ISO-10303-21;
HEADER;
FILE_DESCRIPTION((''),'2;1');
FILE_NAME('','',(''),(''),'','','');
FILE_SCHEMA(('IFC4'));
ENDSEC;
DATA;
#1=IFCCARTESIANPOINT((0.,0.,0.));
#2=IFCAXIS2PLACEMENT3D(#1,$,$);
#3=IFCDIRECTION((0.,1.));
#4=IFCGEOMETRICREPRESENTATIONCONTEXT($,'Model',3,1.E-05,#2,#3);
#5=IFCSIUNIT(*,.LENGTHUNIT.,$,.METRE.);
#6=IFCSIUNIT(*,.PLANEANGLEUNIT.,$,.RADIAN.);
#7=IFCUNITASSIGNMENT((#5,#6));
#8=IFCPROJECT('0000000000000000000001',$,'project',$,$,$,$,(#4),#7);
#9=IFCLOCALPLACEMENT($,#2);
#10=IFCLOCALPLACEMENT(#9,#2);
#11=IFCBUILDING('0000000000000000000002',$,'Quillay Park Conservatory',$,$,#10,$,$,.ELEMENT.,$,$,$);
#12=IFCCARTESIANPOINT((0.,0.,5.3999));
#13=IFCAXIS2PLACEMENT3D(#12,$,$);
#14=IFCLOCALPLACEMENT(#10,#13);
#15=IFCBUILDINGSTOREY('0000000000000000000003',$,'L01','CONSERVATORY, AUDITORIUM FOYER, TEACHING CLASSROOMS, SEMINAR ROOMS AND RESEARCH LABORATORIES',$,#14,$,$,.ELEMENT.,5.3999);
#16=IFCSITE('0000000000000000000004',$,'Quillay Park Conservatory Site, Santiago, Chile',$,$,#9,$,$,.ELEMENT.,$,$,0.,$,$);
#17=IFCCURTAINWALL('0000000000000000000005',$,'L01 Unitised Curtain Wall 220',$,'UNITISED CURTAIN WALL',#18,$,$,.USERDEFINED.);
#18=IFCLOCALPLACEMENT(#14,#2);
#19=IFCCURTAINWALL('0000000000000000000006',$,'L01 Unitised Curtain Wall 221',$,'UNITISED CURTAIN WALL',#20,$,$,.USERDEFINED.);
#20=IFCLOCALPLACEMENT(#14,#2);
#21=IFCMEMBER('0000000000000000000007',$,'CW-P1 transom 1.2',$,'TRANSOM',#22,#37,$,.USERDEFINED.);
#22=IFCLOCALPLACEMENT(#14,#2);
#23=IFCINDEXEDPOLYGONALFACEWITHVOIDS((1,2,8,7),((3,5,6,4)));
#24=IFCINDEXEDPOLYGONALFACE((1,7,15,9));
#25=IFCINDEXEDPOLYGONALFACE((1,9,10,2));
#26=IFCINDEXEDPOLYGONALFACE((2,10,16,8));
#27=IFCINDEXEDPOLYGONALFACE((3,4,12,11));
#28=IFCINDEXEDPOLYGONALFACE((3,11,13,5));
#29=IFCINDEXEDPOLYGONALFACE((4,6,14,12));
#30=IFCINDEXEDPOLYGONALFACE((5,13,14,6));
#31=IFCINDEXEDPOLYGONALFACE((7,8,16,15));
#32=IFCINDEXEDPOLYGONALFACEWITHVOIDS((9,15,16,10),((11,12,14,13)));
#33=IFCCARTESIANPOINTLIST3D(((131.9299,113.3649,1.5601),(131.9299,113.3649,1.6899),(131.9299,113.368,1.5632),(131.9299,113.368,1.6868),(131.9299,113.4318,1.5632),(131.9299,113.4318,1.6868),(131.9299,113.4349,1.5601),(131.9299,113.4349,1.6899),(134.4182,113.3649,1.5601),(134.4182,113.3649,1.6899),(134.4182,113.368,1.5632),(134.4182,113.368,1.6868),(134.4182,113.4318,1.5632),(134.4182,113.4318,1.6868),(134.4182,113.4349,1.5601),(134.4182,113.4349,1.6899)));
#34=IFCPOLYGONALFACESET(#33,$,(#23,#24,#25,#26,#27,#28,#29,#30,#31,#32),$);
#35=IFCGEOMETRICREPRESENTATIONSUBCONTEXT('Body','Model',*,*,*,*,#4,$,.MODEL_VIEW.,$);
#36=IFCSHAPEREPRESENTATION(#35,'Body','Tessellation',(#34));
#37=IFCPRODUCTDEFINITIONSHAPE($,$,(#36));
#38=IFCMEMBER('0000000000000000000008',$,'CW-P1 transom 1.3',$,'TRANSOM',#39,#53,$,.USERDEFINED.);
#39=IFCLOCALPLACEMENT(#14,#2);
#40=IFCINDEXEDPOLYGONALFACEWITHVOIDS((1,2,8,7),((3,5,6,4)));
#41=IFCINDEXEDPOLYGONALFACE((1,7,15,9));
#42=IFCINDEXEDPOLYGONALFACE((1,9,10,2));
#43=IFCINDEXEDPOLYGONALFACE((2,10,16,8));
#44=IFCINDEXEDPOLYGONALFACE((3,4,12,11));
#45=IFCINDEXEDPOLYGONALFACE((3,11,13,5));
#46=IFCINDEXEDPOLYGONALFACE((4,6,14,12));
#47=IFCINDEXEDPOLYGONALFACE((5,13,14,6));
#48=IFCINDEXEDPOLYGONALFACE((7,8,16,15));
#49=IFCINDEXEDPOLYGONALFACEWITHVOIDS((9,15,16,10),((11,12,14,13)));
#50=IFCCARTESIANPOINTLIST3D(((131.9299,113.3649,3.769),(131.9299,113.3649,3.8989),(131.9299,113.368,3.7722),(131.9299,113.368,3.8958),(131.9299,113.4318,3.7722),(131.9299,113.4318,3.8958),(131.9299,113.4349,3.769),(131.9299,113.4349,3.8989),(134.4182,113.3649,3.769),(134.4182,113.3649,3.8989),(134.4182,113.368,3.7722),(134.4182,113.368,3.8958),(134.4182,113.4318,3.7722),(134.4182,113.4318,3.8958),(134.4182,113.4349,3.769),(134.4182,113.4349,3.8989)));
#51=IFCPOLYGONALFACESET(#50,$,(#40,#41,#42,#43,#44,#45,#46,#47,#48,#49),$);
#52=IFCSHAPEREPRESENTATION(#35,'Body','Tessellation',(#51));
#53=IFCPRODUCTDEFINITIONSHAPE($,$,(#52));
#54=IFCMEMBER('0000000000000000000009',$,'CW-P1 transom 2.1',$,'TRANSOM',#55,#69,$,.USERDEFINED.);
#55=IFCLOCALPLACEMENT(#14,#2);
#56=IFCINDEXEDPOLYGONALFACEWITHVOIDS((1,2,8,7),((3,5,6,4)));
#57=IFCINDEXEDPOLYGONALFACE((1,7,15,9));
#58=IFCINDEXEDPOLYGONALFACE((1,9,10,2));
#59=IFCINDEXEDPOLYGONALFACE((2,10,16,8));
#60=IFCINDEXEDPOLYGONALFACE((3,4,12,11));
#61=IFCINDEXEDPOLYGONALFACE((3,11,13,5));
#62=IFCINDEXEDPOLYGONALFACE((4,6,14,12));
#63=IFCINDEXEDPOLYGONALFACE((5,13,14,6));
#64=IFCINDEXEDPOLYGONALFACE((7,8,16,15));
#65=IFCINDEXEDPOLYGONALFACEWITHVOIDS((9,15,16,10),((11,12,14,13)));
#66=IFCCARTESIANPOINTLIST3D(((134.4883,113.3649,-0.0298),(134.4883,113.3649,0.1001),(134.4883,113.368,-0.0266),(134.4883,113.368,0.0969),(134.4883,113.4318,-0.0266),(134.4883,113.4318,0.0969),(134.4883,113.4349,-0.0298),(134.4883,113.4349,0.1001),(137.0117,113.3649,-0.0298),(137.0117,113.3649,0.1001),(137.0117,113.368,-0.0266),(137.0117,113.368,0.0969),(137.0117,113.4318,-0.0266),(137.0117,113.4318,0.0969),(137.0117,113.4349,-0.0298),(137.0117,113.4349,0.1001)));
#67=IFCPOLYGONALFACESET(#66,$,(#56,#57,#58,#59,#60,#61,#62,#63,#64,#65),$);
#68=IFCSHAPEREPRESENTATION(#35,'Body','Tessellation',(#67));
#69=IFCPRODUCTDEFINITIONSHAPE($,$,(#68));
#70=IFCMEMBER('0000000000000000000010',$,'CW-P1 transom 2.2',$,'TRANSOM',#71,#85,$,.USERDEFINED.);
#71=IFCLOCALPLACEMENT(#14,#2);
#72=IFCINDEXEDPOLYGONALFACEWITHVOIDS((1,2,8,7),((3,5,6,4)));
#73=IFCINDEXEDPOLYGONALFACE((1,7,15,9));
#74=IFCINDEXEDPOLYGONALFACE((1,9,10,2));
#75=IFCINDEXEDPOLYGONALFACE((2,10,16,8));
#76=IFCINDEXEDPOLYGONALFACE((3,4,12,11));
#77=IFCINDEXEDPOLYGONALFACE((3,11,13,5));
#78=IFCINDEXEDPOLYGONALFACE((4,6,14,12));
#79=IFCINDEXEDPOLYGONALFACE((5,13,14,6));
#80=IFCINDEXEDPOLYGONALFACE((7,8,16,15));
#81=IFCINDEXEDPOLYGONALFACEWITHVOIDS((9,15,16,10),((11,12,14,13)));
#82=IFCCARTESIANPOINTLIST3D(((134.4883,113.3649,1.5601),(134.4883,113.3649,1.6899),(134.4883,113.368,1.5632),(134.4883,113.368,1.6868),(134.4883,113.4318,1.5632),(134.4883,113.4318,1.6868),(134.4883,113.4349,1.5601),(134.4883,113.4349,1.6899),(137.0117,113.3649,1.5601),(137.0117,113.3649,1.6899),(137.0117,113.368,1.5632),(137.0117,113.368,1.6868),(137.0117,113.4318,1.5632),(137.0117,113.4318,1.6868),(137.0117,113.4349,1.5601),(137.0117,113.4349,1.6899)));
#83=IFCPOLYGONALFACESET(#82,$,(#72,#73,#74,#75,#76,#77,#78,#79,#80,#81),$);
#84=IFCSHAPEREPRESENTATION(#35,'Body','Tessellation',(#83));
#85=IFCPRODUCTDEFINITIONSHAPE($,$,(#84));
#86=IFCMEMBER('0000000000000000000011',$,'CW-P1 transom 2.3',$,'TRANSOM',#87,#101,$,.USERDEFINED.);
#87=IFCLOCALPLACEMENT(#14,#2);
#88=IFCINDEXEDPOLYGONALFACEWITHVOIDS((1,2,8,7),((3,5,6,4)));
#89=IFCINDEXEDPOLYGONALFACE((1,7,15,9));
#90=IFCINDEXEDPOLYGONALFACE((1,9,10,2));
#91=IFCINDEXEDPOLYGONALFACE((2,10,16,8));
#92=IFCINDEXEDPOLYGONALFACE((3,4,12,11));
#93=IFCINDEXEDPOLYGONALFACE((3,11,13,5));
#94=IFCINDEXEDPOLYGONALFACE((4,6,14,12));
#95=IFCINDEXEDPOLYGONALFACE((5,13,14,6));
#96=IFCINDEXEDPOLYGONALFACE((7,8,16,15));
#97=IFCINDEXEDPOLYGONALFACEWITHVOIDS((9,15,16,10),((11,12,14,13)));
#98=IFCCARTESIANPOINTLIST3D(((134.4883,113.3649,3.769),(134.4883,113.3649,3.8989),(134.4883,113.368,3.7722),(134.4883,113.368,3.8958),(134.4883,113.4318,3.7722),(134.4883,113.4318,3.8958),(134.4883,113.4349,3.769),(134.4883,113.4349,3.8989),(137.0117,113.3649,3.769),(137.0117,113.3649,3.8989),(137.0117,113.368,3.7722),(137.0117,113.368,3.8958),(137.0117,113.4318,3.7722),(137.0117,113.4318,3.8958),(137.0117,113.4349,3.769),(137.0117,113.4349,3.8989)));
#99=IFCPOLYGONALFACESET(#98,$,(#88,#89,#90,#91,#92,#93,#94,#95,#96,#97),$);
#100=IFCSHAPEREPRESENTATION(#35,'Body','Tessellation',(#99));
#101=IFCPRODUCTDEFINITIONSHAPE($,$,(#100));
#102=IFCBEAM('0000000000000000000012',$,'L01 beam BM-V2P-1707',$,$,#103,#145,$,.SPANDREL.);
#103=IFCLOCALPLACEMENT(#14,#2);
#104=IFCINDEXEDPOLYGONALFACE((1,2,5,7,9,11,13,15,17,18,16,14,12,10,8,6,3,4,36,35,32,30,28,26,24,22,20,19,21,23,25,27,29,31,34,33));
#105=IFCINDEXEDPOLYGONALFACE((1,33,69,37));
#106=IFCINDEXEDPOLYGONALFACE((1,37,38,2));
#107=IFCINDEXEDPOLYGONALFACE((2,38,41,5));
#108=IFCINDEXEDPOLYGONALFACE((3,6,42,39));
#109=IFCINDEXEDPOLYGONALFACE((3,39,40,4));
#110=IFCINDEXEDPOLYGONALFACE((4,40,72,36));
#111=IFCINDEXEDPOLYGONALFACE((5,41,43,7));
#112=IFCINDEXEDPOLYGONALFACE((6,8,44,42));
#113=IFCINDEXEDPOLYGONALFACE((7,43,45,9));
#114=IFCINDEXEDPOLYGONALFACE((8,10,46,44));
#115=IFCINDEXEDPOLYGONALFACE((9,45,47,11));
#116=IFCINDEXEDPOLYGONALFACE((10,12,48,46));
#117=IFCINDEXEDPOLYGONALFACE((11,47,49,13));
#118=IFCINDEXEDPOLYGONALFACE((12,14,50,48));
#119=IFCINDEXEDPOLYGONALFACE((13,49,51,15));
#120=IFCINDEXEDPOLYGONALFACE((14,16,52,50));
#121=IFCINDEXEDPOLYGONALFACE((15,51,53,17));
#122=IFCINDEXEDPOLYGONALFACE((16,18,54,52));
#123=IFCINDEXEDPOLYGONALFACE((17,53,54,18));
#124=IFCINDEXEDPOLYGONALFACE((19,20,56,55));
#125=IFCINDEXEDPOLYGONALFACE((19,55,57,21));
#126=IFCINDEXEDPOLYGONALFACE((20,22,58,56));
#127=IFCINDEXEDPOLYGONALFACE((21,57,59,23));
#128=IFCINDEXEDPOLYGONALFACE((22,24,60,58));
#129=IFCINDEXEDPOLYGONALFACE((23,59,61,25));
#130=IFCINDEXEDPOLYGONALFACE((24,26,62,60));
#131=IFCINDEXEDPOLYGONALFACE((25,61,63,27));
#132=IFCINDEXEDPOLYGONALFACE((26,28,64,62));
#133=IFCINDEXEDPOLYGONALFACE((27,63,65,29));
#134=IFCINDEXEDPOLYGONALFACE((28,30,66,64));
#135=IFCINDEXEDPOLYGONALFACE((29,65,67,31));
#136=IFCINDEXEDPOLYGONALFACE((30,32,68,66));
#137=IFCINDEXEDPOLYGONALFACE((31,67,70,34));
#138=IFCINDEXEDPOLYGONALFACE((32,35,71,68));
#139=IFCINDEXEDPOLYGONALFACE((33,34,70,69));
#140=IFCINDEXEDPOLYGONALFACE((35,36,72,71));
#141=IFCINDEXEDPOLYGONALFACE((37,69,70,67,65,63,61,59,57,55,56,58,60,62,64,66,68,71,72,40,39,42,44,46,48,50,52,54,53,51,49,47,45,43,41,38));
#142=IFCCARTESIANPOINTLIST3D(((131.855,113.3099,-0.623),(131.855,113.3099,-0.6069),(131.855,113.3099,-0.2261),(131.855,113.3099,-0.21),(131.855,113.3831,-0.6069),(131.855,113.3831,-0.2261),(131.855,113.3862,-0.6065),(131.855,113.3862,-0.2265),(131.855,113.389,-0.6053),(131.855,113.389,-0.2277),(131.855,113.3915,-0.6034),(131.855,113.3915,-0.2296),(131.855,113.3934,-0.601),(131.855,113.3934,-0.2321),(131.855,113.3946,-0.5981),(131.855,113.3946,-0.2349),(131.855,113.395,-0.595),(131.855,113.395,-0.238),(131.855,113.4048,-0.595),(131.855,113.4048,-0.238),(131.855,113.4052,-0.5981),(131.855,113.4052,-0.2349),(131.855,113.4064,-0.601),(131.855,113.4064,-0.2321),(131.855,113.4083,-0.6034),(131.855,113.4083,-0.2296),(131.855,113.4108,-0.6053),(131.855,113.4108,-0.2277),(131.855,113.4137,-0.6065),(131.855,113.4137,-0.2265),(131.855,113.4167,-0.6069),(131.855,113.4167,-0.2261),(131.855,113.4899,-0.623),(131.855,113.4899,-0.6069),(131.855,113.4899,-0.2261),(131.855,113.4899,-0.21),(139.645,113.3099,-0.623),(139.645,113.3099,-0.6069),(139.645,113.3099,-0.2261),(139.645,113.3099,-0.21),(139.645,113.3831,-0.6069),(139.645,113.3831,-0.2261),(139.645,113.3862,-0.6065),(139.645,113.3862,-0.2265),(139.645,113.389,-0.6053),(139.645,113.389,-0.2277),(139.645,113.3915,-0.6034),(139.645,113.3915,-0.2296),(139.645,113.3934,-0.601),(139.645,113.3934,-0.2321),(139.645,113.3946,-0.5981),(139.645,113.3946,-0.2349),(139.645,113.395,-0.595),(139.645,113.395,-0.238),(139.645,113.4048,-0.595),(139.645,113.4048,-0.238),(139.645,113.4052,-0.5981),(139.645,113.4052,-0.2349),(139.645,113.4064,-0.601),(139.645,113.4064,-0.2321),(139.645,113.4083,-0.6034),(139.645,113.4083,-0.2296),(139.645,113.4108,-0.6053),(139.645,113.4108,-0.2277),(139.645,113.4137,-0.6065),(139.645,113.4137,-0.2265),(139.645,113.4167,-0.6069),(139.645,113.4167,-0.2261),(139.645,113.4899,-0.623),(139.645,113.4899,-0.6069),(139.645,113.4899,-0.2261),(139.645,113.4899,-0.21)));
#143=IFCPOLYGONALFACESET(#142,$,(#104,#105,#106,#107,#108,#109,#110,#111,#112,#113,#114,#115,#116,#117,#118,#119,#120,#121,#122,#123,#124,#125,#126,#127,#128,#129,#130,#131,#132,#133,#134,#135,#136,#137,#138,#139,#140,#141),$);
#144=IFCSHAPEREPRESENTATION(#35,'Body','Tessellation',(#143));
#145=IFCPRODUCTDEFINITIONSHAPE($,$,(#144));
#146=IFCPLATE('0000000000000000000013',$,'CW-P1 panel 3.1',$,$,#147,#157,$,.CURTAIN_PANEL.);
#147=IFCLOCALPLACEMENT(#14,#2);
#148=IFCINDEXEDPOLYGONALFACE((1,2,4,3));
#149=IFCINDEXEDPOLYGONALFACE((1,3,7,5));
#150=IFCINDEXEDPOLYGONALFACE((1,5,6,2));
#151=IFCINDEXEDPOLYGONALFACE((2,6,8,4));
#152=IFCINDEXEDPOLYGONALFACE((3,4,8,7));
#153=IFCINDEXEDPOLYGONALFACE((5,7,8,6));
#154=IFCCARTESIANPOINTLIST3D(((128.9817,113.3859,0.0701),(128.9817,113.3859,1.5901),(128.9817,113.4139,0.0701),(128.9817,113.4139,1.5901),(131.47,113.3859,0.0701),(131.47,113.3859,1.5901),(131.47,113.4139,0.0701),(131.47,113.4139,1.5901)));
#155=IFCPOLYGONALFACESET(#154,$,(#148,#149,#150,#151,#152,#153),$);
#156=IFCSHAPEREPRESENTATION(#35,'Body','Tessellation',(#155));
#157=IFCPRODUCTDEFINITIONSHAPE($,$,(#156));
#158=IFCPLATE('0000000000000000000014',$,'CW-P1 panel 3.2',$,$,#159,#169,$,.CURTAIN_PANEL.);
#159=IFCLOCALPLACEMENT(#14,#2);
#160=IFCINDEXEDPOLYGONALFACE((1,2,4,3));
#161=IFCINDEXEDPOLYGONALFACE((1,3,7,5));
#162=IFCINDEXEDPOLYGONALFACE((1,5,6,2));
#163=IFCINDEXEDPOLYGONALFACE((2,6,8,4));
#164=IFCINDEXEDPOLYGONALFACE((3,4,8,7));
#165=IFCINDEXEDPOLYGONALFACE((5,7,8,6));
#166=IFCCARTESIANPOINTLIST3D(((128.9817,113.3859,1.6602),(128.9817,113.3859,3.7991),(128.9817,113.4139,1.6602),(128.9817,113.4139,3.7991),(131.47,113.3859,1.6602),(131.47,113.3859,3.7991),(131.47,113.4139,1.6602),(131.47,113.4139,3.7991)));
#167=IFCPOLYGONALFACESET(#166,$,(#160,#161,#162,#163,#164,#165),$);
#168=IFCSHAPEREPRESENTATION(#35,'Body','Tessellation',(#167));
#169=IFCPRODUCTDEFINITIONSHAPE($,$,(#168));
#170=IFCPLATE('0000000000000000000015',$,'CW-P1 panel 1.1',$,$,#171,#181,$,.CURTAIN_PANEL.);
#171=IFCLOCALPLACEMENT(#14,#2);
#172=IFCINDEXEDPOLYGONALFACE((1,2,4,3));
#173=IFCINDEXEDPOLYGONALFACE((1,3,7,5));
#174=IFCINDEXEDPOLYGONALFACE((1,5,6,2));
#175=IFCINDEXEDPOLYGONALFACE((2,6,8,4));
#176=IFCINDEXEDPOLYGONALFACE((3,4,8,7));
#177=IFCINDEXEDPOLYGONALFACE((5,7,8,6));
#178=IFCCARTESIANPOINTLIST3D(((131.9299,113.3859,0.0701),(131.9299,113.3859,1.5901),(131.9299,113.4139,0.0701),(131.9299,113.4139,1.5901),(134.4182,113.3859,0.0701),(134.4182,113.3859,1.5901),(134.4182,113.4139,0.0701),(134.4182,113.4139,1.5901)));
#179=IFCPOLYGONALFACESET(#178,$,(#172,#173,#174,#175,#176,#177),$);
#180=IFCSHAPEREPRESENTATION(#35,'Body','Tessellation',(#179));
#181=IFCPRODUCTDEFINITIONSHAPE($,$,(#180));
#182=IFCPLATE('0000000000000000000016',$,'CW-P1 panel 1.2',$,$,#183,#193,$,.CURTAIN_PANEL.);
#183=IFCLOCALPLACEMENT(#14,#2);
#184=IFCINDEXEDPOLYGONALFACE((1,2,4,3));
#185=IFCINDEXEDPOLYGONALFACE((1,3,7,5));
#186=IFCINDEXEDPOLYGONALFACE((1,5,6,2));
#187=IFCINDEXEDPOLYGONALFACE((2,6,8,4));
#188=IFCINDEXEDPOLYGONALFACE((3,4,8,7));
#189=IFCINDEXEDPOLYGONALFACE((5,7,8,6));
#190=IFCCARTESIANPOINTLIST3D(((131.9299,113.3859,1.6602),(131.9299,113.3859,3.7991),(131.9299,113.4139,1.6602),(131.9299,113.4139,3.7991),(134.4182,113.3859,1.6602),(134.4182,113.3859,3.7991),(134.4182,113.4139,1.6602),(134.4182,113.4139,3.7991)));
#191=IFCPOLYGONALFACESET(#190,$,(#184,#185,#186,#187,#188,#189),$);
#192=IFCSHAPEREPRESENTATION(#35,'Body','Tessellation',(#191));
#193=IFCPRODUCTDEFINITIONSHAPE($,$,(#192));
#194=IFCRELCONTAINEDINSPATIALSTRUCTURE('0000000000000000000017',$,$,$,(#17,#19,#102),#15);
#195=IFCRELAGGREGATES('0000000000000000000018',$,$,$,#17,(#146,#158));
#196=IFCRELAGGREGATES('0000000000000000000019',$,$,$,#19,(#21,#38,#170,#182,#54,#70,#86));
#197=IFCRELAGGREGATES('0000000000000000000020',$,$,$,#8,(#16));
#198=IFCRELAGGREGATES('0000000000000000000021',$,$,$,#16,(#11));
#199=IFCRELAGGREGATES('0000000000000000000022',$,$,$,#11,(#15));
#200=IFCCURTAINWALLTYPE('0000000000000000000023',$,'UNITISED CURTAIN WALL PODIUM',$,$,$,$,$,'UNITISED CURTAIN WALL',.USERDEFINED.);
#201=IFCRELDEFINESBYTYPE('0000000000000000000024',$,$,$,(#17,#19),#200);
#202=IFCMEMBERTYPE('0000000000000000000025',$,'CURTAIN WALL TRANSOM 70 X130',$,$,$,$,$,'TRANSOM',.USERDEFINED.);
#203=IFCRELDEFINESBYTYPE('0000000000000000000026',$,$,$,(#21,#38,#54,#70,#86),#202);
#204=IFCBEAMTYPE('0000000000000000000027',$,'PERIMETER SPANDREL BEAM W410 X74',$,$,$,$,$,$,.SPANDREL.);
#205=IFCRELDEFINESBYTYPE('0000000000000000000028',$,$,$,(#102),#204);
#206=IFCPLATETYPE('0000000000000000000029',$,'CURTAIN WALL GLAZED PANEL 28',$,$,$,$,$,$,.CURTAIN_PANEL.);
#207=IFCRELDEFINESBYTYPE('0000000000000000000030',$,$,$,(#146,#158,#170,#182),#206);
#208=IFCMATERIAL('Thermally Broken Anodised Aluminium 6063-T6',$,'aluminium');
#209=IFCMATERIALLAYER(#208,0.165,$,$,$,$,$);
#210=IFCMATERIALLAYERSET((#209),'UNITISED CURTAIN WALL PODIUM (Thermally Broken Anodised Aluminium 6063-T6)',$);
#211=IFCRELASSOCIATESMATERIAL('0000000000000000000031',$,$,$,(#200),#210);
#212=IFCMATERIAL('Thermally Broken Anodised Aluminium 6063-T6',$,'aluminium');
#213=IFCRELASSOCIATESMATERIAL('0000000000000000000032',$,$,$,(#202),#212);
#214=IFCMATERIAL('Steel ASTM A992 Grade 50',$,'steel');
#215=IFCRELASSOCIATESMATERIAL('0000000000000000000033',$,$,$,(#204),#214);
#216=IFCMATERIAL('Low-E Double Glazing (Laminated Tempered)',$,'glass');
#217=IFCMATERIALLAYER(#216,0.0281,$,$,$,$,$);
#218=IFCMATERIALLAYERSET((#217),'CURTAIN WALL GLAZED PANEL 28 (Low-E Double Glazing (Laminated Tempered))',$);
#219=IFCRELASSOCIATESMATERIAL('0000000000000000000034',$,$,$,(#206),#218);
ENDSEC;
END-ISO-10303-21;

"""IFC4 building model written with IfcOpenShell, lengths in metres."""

from ifc_helpers import new_model, si_unit, direction, frame, origin, origin_2d, place, context, subcontext, project, spatial, rectangle, hollow_rectangle, i_section, extrude, material, layer, layer_set, material_profile, profile_set, type_object, element, aggregate, save


model = new_model("IFC4")

# Units and contexts
model_context = context("Model", 3, precision=1e-05, world=origin(), true_north=direction((0.0, 1.0)))
body_context = subcontext(model_context, "Body", "Model", "MODEL_VIEW")
ifc_project = project(units=[si_unit("LENGTHUNIT", "METRE"), si_unit("PLANEANGLEUNIT", "RADIAN")], contexts=[model_context])

# Site, building, storey
site_placement = place(None, origin())
site = spatial("IfcSite", under=ifc_project, at=site_placement, Name="Quillay Park Conservatory Site, Santiago, Chile", CompositionType="ELEMENT", RefElevation=0.0)
building_placement = place(site_placement, origin())
building = spatial("IfcBuilding", under=site, at=building_placement, Name="Quillay Park Conservatory", CompositionType="ELEMENT")
storey_placement = place(building_placement, frame((0.0, 0.0, 5.3999)))
storey = spatial("IfcBuildingStorey", under=building, at=storey_placement, Name="L01", Description="CONSERVATORY, AUDITORIUM FOYER, TEACHING CLASSROOMS, SEMINAR ROOMS AND RESEARCH LABORATORIES", CompositionType="ELEMENT", Elevation=5.3999)

# Curtain walls
ifc_material_1 = material(Name="Thermally Broken Anodised Aluminium 6063-T6", Category="aluminium")
ifc_layer_1 = layer(ifc_material_1, 0.165)
ifc_layer_set_1 = layer_set([ifc_layer_1], Name="UNITISED CURTAIN WALL PODIUM (Thermally Broken Anodised Aluminium 6063-T6)")
curtain_wall_type = type_object("IfcCurtainWallType", Name="UNITISED CURTAIN WALL PODIUM", ElementType="UNITISED CURTAIN WALL", PredefinedType="USERDEFINED", material=ifc_layer_set_1)
curtain_wall_1_placement = place(storey_placement, origin())
curtain_wall_1 = element("IfcCurtainWall", 1, at=curtain_wall_1_placement, inside=storey, type_object=curtain_wall_type, Name="L01 Unitised Curtain Wall 220", ObjectType="UNITISED CURTAIN WALL", PredefinedType="USERDEFINED")
curtain_wall_2_placement = place(storey_placement, origin())
curtain_wall_2 = element("IfcCurtainWall", 2, at=curtain_wall_2_placement, inside=storey, type_object=curtain_wall_type, Name="L01 Unitised Curtain Wall 221", ObjectType="UNITISED CURTAIN WALL", PredefinedType="USERDEFINED")

# Members
ifc_material_2 = material(Name="Thermally Broken Anodised Aluminium 6063-T6", Category="aluminium")
ifc_material_profile_1 = material_profile(ifc_material_2, hollow_rectangle(XDim=0.0701, YDim=0.1299, WallThickness=0.0032, at=origin_2d()), Name="AL70x130x3.2")
ifc_profile_set_1 = profile_set([ifc_material_profile_1], Name="Thermally Broken Anodised Aluminium 6063-T6")
member_type_1 = type_object("IfcMemberType", Name="CURTAIN WALL TRANSOM 70 X130", ElementType="TRANSOM", PredefinedType="USERDEFINED", material=ifc_profile_set_1)
member_1_placement = place(storey_placement, frame((131.9299, 113.3999, 1.625), z_axis=(1.0, 0.0, 0.0), x_axis=(0.0, 1.0, 0.0)))
member_1 = element("IfcMember", 3, at=member_1_placement, type_object=member_type_1, Name="CW-P1 transom 1.2", ObjectType="TRANSOM", PredefinedType="USERDEFINED", context=body_context, shape_type="SweptSolid", body=[
    extrude(hollow_rectangle(XDim=0.0701, YDim=0.1299, WallThickness=0.0032, at=origin_2d()), origin(), (0.0, 0.0, 1.0), 2.4883),
])
member_2_placement = place(storey_placement, frame((131.9299, 113.3999, 3.834), z_axis=(1.0, 0.0, 0.0), x_axis=(0.0, 1.0, 0.0)))
member_2 = element("IfcMember", 4, at=member_2_placement, type_object=member_type_1, Name="CW-P1 transom 1.3", ObjectType="TRANSOM", PredefinedType="USERDEFINED", context=body_context, shape_type="SweptSolid", body=[
    extrude(hollow_rectangle(XDim=0.0701, YDim=0.1299, WallThickness=0.0032, at=origin_2d()), origin(), (0.0, 0.0, 1.0), 2.4883),
])
member_3_placement = place(storey_placement, frame((134.4883, 113.3999, 0.0352), z_axis=(1.0, 0.0, 0.0), x_axis=(0.0, 1.0, 0.0)))
member_3 = element("IfcMember", 5, at=member_3_placement, type_object=member_type_1, Name="CW-P1 transom 2.1", ObjectType="TRANSOM", PredefinedType="USERDEFINED", context=body_context, shape_type="SweptSolid", body=[
    extrude(hollow_rectangle(XDim=0.0701, YDim=0.1299, WallThickness=0.0032, at=origin_2d()), origin(), (0.0, 0.0, 1.0), 2.5234),
])
member_4_placement = place(storey_placement, frame((134.4883, 113.3999, 1.625), z_axis=(1.0, 0.0, 0.0), x_axis=(0.0, 1.0, 0.0)))
member_4 = element("IfcMember", 6, at=member_4_placement, type_object=member_type_1, Name="CW-P1 transom 2.2", ObjectType="TRANSOM", PredefinedType="USERDEFINED", context=body_context, shape_type="SweptSolid", body=[
    extrude(hollow_rectangle(XDim=0.0701, YDim=0.1299, WallThickness=0.0032, at=origin_2d()), origin(), (0.0, 0.0, 1.0), 2.5234),
])
member_5_placement = place(storey_placement, frame((134.4883, 113.3999, 3.834), z_axis=(1.0, 0.0, 0.0), x_axis=(0.0, 1.0, 0.0)))
member_5 = element("IfcMember", 7, at=member_5_placement, type_object=member_type_1, Name="CW-P1 transom 2.3", ObjectType="TRANSOM", PredefinedType="USERDEFINED", context=body_context, shape_type="SweptSolid", body=[
    extrude(hollow_rectangle(XDim=0.0701, YDim=0.1299, WallThickness=0.0032, at=origin_2d()), origin(), (0.0, 0.0, 1.0), 2.5234),
])

# Beam
ifc_material_3 = material(Name="Steel ASTM A992 Grade 50", Category="steel")
ifc_material_profile_2 = material_profile(ifc_material_3, i_section(OverallWidth=0.1799, OverallDepth=0.4131, WebThickness=0.0098, FlangeThickness=0.0161, FilletRadius=0.012, at=origin_2d()), Name="W410x74")
ifc_profile_set_2 = profile_set([ifc_material_profile_2], Name="Steel ASTM A992 Grade 50")
beam_type = type_object("IfcBeamType", Name="PERIMETER SPANDREL BEAM W410 X74", PredefinedType="SPANDREL", material=ifc_profile_set_2)
beam_placement = place(storey_placement, frame((131.855, 113.3999, -0.4165), z_axis=(1.0, 0.0, 0.0), x_axis=(0.0, 1.0, 0.0)))
element("IfcBeam", 8, at=beam_placement, inside=storey, type_object=beam_type, Name="L01 beam BM-V2P-1707", PredefinedType="SPANDREL", context=body_context, shape_type="SweptSolid", body=[
    extrude(i_section(OverallWidth=0.1799, OverallDepth=0.4131, WebThickness=0.0098, FlangeThickness=0.0161, FilletRadius=0.012, at=origin_2d()), origin(), (0.0, 0.0, 1.0), 7.79),
])

# Plates
ifc_material_4 = material(Name="Low-E Double Glazing (Laminated Tempered)", Category="glass")
ifc_layer_2 = layer(ifc_material_4, 0.0281)
ifc_layer_set_2 = layer_set([ifc_layer_2], Name="CURTAIN WALL GLAZED PANEL 28 (Low-E Double Glazing (Laminated Tempered))")
plate_type = type_object("IfcPlateType", Name="CURTAIN WALL GLAZED PANEL 28", PredefinedType="CURTAIN_PANEL", material=ifc_layer_set_2)
plate_1_placement = place(storey_placement, frame((130.2258, 113.3999, 0.0701), z_axis=(0.0, 0.0, 1.0), x_axis=(1.0, 0.0, 0.0)))
plate_1 = element("IfcPlate", 9, at=plate_1_placement, type_object=plate_type, Name="CW-P1 panel 3.1", PredefinedType="CURTAIN_PANEL", context=body_context, shape_type="SweptSolid", body=[
    extrude(rectangle(XDim=2.4883, YDim=0.0281, at=origin_2d()), origin(), (0.0, 0.0, 1.0), 1.52),
])
plate_2_placement = place(storey_placement, frame((130.2258, 113.3999, 1.6602), z_axis=(0.0, 0.0, 1.0), x_axis=(1.0, 0.0, 0.0)))
plate_2 = element("IfcPlate", 10, at=plate_2_placement, type_object=plate_type, Name="CW-P1 panel 3.2", PredefinedType="CURTAIN_PANEL", context=body_context, shape_type="SweptSolid", body=[
    extrude(rectangle(XDim=2.4883, YDim=0.0281, at=origin_2d()), origin(), (0.0, 0.0, 1.0), 2.1389),
])
aggregate(curtain_wall_1, [plate_1, plate_2])
plate_3_placement = place(storey_placement, frame((133.1741, 113.3999, 0.0701), z_axis=(0.0, 0.0, 1.0), x_axis=(1.0, 0.0, 0.0)))
plate_3 = element("IfcPlate", 11, at=plate_3_placement, type_object=plate_type, Name="CW-P1 panel 1.1", PredefinedType="CURTAIN_PANEL", context=body_context, shape_type="SweptSolid", body=[
    extrude(rectangle(XDim=2.4883, YDim=0.0281, at=origin_2d()), origin(), (0.0, 0.0, 1.0), 1.52),
])
plate_4_placement = place(storey_placement, frame((133.1741, 113.3999, 1.6602), z_axis=(0.0, 0.0, 1.0), x_axis=(1.0, 0.0, 0.0)))
plate_4 = element("IfcPlate", 12, at=plate_4_placement, type_object=plate_type, Name="CW-P1 panel 1.2", PredefinedType="CURTAIN_PANEL", context=body_context, shape_type="SweptSolid", body=[
    extrude(rectangle(XDim=2.4883, YDim=0.0281, at=origin_2d()), origin(), (0.0, 0.0, 1.0), 2.1389),
])
aggregate(curtain_wall_2, [member_1, member_2, plate_3, plate_4, member_3, member_4, member_5])

save(model, "model.ifc")
